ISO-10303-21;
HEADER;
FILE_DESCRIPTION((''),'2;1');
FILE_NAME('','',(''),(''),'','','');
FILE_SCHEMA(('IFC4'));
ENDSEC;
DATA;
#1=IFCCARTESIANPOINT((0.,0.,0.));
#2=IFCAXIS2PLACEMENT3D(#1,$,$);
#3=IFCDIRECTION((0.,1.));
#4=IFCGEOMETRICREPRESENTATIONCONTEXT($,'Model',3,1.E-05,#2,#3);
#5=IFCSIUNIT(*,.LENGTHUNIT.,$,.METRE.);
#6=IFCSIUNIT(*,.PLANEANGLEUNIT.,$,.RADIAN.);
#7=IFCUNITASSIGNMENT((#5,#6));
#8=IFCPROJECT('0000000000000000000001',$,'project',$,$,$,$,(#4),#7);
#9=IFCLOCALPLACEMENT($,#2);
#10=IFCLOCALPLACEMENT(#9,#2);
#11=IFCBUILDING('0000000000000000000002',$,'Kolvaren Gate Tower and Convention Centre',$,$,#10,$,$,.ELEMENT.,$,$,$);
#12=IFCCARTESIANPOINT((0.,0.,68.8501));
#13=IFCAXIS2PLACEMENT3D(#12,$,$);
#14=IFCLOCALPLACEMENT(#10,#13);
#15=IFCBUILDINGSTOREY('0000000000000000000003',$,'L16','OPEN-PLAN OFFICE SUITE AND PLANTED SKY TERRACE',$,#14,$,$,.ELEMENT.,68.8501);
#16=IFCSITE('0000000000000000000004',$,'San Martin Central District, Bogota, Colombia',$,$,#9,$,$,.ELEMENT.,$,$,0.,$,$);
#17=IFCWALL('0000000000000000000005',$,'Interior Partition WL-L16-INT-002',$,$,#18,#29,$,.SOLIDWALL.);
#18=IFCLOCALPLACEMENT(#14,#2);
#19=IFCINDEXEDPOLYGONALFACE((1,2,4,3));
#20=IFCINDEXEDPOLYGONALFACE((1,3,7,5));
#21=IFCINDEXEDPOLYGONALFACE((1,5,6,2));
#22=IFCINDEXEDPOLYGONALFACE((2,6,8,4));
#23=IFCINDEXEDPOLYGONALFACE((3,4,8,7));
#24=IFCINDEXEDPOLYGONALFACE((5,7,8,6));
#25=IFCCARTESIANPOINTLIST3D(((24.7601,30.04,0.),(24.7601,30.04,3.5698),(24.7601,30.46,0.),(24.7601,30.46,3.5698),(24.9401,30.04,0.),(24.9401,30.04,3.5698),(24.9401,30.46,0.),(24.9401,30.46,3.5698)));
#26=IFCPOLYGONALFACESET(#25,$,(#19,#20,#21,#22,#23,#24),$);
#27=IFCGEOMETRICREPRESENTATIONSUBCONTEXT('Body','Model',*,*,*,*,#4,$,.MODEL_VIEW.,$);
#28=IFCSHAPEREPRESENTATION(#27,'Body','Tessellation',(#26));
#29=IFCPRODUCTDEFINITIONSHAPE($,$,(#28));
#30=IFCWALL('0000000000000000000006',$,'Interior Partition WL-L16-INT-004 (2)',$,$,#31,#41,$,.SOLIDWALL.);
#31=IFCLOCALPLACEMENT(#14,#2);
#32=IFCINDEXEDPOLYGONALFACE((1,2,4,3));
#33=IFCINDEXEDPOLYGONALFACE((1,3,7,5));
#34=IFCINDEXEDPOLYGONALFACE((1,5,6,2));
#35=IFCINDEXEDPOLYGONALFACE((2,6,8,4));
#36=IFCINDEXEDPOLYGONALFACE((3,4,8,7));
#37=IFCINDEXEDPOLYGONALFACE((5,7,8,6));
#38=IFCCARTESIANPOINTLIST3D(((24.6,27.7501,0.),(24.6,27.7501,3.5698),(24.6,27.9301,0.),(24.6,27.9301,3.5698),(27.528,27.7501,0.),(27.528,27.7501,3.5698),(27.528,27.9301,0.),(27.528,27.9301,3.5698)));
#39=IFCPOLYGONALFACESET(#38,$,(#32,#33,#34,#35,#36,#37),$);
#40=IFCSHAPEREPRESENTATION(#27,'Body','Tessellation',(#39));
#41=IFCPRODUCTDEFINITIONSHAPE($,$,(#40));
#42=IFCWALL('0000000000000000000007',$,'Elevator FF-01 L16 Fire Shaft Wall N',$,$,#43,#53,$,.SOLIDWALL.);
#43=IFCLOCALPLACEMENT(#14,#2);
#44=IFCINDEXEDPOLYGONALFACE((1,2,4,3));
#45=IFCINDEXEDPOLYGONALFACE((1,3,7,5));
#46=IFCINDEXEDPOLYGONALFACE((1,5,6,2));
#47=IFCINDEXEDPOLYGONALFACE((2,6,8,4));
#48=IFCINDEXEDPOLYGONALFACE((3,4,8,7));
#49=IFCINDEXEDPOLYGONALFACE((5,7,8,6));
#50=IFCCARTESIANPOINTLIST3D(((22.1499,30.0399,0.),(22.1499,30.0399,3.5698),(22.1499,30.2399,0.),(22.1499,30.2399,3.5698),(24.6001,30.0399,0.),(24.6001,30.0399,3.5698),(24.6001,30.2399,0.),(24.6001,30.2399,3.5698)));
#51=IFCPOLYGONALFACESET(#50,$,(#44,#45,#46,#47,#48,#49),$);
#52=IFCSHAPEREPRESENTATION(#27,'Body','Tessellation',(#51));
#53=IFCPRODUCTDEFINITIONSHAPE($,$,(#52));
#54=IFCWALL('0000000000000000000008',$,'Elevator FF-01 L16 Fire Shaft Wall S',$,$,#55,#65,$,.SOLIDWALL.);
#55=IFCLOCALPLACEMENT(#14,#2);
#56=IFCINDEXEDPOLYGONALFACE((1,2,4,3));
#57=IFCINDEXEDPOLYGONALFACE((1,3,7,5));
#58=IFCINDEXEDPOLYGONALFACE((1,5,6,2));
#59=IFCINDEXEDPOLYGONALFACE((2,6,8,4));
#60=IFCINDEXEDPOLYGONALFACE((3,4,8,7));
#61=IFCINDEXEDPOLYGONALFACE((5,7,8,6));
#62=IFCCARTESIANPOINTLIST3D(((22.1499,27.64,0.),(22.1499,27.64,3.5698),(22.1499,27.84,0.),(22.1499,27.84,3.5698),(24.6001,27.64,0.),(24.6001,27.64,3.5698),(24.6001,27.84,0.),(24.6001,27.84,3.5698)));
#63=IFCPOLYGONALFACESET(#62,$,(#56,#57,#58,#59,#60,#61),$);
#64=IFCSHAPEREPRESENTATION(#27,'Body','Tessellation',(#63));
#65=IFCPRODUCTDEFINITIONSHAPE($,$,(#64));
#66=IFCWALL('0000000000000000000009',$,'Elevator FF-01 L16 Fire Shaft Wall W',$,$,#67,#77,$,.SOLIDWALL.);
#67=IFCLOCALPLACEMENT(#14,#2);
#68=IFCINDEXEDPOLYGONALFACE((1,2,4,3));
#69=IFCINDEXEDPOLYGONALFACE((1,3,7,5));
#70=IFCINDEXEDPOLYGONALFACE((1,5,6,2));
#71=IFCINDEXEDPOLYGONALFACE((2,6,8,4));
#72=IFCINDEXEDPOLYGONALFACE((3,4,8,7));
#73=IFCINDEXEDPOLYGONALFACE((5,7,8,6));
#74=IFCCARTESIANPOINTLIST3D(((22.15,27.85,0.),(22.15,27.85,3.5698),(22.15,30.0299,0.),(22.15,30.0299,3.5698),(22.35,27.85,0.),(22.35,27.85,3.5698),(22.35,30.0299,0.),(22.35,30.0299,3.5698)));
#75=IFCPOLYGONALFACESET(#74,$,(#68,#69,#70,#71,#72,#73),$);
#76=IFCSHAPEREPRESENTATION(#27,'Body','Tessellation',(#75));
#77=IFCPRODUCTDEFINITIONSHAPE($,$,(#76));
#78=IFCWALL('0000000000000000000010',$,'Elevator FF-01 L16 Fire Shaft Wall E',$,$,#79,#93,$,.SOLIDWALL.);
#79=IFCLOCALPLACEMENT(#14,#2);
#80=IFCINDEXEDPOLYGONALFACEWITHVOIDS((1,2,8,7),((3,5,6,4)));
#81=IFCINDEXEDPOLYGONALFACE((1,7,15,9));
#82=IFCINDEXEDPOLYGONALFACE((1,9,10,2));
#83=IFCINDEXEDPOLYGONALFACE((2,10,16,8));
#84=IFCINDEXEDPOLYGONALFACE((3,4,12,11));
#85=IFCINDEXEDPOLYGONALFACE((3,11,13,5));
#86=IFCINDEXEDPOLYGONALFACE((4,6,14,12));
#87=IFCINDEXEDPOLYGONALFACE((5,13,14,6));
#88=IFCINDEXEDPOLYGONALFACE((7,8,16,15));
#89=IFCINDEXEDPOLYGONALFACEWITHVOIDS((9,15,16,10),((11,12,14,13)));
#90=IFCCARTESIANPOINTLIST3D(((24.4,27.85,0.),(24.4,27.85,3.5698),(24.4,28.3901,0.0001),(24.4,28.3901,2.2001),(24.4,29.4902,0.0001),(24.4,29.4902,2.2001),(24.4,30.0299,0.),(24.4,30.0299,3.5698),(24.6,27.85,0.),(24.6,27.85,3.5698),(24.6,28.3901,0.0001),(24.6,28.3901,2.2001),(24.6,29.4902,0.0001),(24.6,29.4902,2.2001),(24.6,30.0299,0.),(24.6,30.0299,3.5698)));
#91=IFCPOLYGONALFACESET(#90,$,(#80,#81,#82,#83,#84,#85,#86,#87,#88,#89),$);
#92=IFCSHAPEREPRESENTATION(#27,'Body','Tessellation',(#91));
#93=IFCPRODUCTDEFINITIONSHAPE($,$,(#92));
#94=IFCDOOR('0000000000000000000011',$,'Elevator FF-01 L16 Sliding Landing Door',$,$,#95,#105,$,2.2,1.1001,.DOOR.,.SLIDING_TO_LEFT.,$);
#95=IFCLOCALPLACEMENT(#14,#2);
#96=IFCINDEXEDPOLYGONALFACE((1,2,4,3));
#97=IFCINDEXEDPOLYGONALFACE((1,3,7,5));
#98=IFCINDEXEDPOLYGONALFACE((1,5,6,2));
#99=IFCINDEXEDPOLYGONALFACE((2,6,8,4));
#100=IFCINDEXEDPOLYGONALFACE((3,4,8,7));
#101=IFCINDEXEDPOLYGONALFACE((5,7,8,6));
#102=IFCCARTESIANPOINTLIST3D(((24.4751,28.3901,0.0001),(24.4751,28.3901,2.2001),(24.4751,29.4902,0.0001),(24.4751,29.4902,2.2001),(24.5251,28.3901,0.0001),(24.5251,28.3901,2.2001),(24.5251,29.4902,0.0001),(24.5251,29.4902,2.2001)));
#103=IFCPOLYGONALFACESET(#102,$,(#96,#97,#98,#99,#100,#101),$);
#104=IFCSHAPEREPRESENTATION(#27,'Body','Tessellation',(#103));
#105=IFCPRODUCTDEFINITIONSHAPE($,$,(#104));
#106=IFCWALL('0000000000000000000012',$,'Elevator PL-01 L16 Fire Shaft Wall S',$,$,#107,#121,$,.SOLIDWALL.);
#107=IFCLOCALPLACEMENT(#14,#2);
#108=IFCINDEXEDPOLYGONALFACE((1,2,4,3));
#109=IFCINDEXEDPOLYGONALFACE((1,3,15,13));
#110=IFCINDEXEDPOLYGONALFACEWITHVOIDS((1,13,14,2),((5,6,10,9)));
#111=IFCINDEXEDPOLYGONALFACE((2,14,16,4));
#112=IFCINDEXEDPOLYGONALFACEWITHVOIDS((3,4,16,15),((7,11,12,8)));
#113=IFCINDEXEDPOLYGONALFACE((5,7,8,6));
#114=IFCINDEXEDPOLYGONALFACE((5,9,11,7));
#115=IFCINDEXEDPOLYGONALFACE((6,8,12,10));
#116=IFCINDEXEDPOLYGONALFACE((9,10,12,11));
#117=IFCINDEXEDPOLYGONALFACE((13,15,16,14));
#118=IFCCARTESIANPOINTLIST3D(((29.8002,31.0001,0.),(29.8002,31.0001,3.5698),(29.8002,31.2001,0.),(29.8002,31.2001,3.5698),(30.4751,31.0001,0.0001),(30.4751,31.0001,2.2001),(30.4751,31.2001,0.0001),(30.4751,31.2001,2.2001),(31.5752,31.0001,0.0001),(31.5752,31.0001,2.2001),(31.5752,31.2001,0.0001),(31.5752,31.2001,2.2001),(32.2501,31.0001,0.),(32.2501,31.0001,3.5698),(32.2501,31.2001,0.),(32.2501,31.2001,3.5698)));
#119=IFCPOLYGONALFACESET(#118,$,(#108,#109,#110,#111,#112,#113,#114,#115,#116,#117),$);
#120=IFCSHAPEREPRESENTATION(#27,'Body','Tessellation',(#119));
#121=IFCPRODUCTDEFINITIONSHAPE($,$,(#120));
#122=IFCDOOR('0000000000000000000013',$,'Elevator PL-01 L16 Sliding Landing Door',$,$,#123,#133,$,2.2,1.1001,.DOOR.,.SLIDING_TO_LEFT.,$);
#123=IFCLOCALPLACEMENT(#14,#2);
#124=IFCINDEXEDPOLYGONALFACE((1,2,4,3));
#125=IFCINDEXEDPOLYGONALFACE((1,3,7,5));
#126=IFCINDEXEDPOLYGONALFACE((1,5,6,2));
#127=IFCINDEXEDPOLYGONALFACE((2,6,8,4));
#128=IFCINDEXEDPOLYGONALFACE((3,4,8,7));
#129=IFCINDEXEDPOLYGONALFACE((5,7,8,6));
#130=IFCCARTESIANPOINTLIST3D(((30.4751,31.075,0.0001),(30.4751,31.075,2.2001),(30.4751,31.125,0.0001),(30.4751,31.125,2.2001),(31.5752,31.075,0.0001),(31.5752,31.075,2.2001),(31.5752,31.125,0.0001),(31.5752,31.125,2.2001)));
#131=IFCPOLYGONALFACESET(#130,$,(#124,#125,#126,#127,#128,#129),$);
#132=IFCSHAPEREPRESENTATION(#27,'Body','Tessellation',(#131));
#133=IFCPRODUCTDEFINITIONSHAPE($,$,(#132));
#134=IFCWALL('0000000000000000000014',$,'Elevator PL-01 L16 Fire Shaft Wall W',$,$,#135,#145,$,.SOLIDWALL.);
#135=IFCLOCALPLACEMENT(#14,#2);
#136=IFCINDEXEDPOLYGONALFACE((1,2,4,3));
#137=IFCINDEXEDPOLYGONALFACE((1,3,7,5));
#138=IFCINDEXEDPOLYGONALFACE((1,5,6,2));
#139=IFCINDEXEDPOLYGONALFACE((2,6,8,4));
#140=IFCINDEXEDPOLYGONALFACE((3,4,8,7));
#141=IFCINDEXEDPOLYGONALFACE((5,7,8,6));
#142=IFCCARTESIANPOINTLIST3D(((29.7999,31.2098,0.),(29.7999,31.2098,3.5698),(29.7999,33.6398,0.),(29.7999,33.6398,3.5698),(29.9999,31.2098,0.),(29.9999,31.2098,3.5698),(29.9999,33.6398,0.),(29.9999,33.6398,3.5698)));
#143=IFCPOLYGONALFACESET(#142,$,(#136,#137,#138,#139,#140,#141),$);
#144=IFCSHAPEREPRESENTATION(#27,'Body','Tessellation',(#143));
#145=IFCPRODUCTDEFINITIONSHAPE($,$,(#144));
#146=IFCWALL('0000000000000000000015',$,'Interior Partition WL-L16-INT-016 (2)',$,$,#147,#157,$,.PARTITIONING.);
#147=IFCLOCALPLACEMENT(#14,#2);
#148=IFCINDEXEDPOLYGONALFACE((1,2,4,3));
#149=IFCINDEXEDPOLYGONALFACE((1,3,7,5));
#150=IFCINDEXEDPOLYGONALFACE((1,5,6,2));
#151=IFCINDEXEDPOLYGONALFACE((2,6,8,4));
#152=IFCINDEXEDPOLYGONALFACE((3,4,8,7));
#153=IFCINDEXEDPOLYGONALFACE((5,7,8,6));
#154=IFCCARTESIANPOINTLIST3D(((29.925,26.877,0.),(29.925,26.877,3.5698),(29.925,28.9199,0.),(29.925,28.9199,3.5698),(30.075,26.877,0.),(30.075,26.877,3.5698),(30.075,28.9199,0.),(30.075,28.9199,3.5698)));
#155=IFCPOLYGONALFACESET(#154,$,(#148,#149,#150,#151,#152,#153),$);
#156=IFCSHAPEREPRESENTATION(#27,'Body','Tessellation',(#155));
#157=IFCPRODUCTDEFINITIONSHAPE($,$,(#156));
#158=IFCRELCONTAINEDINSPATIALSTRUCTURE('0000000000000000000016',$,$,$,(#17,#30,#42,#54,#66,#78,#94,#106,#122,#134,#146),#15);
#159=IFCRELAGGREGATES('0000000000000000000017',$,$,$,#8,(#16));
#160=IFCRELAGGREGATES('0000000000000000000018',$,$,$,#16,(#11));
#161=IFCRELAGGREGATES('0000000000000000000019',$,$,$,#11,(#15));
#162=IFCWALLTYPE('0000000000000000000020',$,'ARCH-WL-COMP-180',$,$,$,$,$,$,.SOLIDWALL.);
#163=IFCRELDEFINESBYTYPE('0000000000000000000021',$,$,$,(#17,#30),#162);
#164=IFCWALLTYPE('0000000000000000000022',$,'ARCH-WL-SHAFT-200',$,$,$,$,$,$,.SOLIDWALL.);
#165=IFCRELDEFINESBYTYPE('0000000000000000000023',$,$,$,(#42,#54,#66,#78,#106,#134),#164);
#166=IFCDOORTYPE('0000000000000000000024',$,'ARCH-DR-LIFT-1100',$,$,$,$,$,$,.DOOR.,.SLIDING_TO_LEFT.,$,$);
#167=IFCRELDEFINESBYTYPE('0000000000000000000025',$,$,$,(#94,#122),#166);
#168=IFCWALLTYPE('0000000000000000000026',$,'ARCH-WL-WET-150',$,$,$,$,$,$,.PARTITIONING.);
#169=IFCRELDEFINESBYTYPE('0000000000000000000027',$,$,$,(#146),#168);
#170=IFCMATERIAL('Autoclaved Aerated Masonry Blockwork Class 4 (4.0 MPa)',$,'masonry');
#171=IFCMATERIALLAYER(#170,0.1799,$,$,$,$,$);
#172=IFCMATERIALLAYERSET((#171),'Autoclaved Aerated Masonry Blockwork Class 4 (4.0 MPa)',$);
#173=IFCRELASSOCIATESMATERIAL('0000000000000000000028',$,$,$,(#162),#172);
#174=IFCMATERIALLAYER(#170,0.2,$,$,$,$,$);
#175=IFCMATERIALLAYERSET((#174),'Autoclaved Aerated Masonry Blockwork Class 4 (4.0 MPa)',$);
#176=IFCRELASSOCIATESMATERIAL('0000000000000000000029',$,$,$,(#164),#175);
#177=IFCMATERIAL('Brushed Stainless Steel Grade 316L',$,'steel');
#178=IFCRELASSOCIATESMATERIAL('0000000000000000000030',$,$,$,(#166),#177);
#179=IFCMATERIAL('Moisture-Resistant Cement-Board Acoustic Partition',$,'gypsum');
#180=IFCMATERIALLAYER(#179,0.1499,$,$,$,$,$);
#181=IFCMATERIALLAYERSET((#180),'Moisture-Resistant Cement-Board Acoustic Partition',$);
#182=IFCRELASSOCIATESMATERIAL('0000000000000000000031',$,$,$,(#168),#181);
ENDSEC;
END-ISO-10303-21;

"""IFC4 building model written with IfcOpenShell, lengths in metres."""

from ifc_helpers import new_model, si_unit, direction, frame, frame_2d, origin, place, context, subcontext, project, spatial, rectangle, extrude, material, layer, layer_set, type_object, element, fill, save


model = new_model("IFC4")

# Units and contexts
model_context = context("Model", 3, precision=1e-05, world=origin(), true_north=direction((0.0, 1.0)))
body_context = subcontext(model_context, "Body", "Model", "MODEL_VIEW")
ifc_project = project(units=[si_unit("LENGTHUNIT", "METRE"), si_unit("PLANEANGLEUNIT", "RADIAN")], contexts=[model_context])

# Site, building, storey
site_placement = place(None, origin())
site = spatial("IfcSite", under=ifc_project, at=site_placement, Name="San Martin Central District, Bogota, Colombia", CompositionType="ELEMENT", RefElevation=0.0)
building_placement = place(site_placement, origin())
building = spatial("IfcBuilding", under=site, at=building_placement, Name="Kolvaren Gate Tower and Convention Centre", CompositionType="ELEMENT")
storey_placement = place(building_placement, frame((0.0, 0.0, 68.8501)))
storey = spatial("IfcBuildingStorey", under=building, at=storey_placement, Name="L16", Description="OPEN-PLAN OFFICE SUITE AND PLANTED SKY TERRACE", CompositionType="ELEMENT", Elevation=68.8501)

# Walls
ifc_material_1 = material(Name="Autoclaved Aerated Masonry Blockwork Class 4 (4.0 MPa)", Category="masonry")
ifc_layer_1 = layer(ifc_material_1, 0.1799)
ifc_layer_set_1 = layer_set([ifc_layer_1], Name="Autoclaved Aerated Masonry Blockwork Class 4 (4.0 MPa)")
wall_type_1 = type_object("IfcWallType", Name="ARCH-WL-COMP-180", PredefinedType="SOLIDWALL", material=ifc_layer_set_1)
wall_1_placement = place(storey_placement, frame((24.8501, 30.04, 0.0), z_axis=(0.0, 0.0, 1.0), x_axis=(0.0, 1.0, 0.0)))
element("IfcWall", 1, at=wall_1_placement, inside=storey, type_object=wall_type_1, Name="Interior Partition WL-L16-INT-002", PredefinedType="SOLIDWALL", context=body_context, shape_type="SweptSolid", body=[
    extrude(rectangle(XDim=0.4199, YDim=0.1799, at=frame_2d((0.21, 0.0))), origin(), (0.0, 0.0, 1.0), 3.5698),
])
wall_2_placement = place(storey_placement, frame((24.6001, 27.8401, 0.0), z_axis=(0.0, 0.0, 1.0), x_axis=(1.0, 0.0, 0.0)))
element("IfcWall", 2, at=wall_2_placement, inside=storey, type_object=wall_type_1, Name="Interior Partition WL-L16-INT-004 (2)", PredefinedType="SOLIDWALL", context=body_context, shape_type="SweptSolid", body=[
    extrude(rectangle(XDim=2.928, YDim=0.1799, at=frame_2d((1.4639, 0.0))), origin(), (0.0, 0.0, 1.0), 3.5698),
])
ifc_layer_2 = layer(ifc_material_1, 0.2)
ifc_layer_set_2 = layer_set([ifc_layer_2], Name="Autoclaved Aerated Masonry Blockwork Class 4 (4.0 MPa)")
wall_type_2 = type_object("IfcWallType", Name="ARCH-WL-SHAFT-200", PredefinedType="SOLIDWALL", material=ifc_layer_set_2)
for number, where, z_axis, x_axis, name in (
    (3, (22.1499, 30.1399, 0.0), (0.0, 0.0, 1.0), (1.0, 0.0, 0.0), "Elevator FF-01 L16 Fire Shaft Wall N"),
    (4, (22.1499, 27.74, 0.0), (0.0, 0.0, 1.0), (1.0, 0.0, 0.0), "Elevator FF-01 L16 Fire Shaft Wall S"),
):
    element("IfcWall", number, at=place(storey_placement, frame(where, z_axis=z_axis, x_axis=x_axis)), inside=storey, type_object=wall_type_2, Name=name, PredefinedType="SOLIDWALL", context=body_context, shape_type="SweptSolid", body=[
        extrude(rectangle(XDim=2.4502, YDim=0.2, at=frame_2d((1.2251, 0.0))), origin(), (0.0, 0.0, 1.0), 3.5698),
    ])
wall_3_placement = place(storey_placement, frame((22.25, 27.8501, 0.0), z_axis=(0.0, 0.0, 1.0), x_axis=(0.0, 1.0, 0.0)))
element("IfcWall", 5, at=wall_3_placement, inside=storey, type_object=wall_type_2, Name="Elevator FF-01 L16 Fire Shaft Wall W", PredefinedType="SOLIDWALL", context=body_context, shape_type="SweptSolid", body=[
    extrude(rectangle(XDim=2.1799, YDim=0.2, at=frame_2d((1.0898, 0.0))), origin(), (0.0, 0.0, 1.0), 3.5698),
])

# Walls, openings, doors
wall_4_placement = place(storey_placement, frame((24.5, 27.8501, 0.0), z_axis=(0.0, 0.0, 1.0), x_axis=(0.0, 1.0, 0.0)))
wall_4 = element("IfcWall", 6, at=wall_4_placement, inside=storey, type_object=wall_type_2, Name="Elevator FF-01 L16 Fire Shaft Wall E", PredefinedType="SOLIDWALL", context=body_context, shape_type="SweptSolid", body=[
    extrude(rectangle(XDim=2.1799, YDim=0.2, at=frame_2d((1.0898, 0.0))), origin(), (0.0, 0.0, 1.0), 3.5698),
])
opening_1_placement = place(wall_4_placement, frame((0.54, 0.0, 0.0)))
opening_1 = element("IfcOpeningElement", 7, at=opening_1_placement, cuts=wall_4, PredefinedType="OPENING", context=body_context, shape_type="SweptSolid", body=[
    extrude(rectangle(XDim=1.1001, YDim=2.2, at=frame_2d((0.55, 1.1001))), frame((0.0, 0.1099, 0.0), z_axis=(0.0, -1.0, 0.0), x_axis=(1.0, 0.0, 0.0)), (0.0, 0.0, 1.0), 0.22),
])
ifc_material_2 = material(Name="Brushed Stainless Steel Grade 316L", Category="steel")
door_type_1 = type_object("IfcDoorType", Name="ARCH-DR-LIFT-1100", OperationType="SLIDING_TO_LEFT", PredefinedType="DOOR", material=ifc_material_2)
door_1_placement = place(opening_1_placement, origin())
door_1 = element("IfcDoor", 8, at=door_1_placement, inside=storey, type_object=door_type_1, Name="Elevator FF-01 L16 Sliding Landing Door", OperationType="SLIDING_TO_LEFT", OverallHeight=2.2, OverallWidth=1.1001, PredefinedType="DOOR", context=body_context, shape_type="SweptSolid", body=[
    extrude(rectangle(XDim=1.1001, YDim=2.2, at=frame_2d((0.55, 1.1001))), frame((0.0, 0.0249, 0.0), z_axis=(0.0, -1.0, 0.0), x_axis=(1.0, 0.0, 0.0)), (0.0, 0.0, 1.0), 0.05),
])
fill(opening_1, door_1)
wall_5_placement = place(storey_placement, frame((29.8, 31.1001, 0.0), z_axis=(0.0, 0.0, 1.0), x_axis=(1.0, 0.0, 0.0)))
wall_5 = element("IfcWall", 9, at=wall_5_placement, inside=storey, type_object=wall_type_2, Name="Elevator PL-01 L16 Fire Shaft Wall S", PredefinedType="SOLIDWALL", context=body_context, shape_type="SweptSolid", body=[
    extrude(rectangle(XDim=2.45, YDim=0.2, at=frame_2d((1.2251, 0.0))), origin(), (0.0, 0.0, 1.0), 3.5698),
])
opening_2_placement = place(wall_5_placement, frame((0.675, 0.0, 0.0)))
opening_2 = element("IfcOpeningElement", 10, at=opening_2_placement, cuts=wall_5, PredefinedType="OPENING", context=body_context, shape_type="SweptSolid", body=[
    extrude(rectangle(XDim=1.1001, YDim=2.2, at=frame_2d((0.55, 1.1001))), frame((0.0, 0.1099, 0.0), z_axis=(0.0, -1.0, 0.0), x_axis=(1.0, 0.0, 0.0)), (0.0, 0.0, 1.0), 0.22),
])
door_2_placement = place(opening_2_placement, origin())
door_2 = element("IfcDoor", 11, at=door_2_placement, inside=storey, type_object=door_type_1, Name="Elevator PL-01 L16 Sliding Landing Door", OperationType="SLIDING_TO_LEFT", OverallHeight=2.2, OverallWidth=1.1001, PredefinedType="DOOR", context=body_context, shape_type="SweptSolid", body=[
    extrude(rectangle(XDim=1.1001, YDim=2.2, at=frame_2d((0.55, 1.1001))), frame((0.0, 0.0249, 0.0), z_axis=(0.0, -1.0, 0.0), x_axis=(1.0, 0.0, 0.0)), (0.0, 0.0, 1.0), 0.05),
])
fill(opening_2, door_2)

# Walls
wall_6_placement = place(storey_placement, frame((29.8999, 31.21, 0.0), z_axis=(0.0, 0.0, 1.0), x_axis=(0.0, 1.0, 0.0)))
element("IfcWall", 12, at=wall_6_placement, inside=storey, type_object=wall_type_2, Name="Elevator PL-01 L16 Fire Shaft Wall W", PredefinedType="SOLIDWALL", context=body_context, shape_type="SweptSolid", body=[
    extrude(rectangle(XDim=2.4299, YDim=0.2, at=frame_2d((1.2148, 0.0))), origin(), (0.0, 0.0, 1.0), 3.5698),
])
ifc_material_3 = material(Name="Moisture-Resistant Cement-Board Acoustic Partition", Category="gypsum")
ifc_layer_3 = layer(ifc_material_3, 0.1499)
ifc_layer_set_3 = layer_set([ifc_layer_3], Name="Moisture-Resistant Cement-Board Acoustic Partition")
wall_type_3 = type_object("IfcWallType", Name="ARCH-WL-WET-150", PredefinedType="PARTITIONING", material=ifc_layer_set_3)
wall_7_placement = place(storey_placement, frame((30.0, 26.877, 0.0), z_axis=(0.0, 0.0, 1.0), x_axis=(0.0, 1.0, 0.0)))
element("IfcWall", 13, at=wall_7_placement, inside=storey, type_object=wall_type_3, Name="Interior Partition WL-L16-INT-016 (2)", PredefinedType="PARTITIONING", context=body_context, shape_type="SweptSolid", body=[
    extrude(rectangle(XDim=2.043, YDim=0.1499, at=frame_2d((1.0215, 0.0))), origin(), (0.0, 0.0, 1.0), 3.5698),
])

save(model, "model.ifc")
